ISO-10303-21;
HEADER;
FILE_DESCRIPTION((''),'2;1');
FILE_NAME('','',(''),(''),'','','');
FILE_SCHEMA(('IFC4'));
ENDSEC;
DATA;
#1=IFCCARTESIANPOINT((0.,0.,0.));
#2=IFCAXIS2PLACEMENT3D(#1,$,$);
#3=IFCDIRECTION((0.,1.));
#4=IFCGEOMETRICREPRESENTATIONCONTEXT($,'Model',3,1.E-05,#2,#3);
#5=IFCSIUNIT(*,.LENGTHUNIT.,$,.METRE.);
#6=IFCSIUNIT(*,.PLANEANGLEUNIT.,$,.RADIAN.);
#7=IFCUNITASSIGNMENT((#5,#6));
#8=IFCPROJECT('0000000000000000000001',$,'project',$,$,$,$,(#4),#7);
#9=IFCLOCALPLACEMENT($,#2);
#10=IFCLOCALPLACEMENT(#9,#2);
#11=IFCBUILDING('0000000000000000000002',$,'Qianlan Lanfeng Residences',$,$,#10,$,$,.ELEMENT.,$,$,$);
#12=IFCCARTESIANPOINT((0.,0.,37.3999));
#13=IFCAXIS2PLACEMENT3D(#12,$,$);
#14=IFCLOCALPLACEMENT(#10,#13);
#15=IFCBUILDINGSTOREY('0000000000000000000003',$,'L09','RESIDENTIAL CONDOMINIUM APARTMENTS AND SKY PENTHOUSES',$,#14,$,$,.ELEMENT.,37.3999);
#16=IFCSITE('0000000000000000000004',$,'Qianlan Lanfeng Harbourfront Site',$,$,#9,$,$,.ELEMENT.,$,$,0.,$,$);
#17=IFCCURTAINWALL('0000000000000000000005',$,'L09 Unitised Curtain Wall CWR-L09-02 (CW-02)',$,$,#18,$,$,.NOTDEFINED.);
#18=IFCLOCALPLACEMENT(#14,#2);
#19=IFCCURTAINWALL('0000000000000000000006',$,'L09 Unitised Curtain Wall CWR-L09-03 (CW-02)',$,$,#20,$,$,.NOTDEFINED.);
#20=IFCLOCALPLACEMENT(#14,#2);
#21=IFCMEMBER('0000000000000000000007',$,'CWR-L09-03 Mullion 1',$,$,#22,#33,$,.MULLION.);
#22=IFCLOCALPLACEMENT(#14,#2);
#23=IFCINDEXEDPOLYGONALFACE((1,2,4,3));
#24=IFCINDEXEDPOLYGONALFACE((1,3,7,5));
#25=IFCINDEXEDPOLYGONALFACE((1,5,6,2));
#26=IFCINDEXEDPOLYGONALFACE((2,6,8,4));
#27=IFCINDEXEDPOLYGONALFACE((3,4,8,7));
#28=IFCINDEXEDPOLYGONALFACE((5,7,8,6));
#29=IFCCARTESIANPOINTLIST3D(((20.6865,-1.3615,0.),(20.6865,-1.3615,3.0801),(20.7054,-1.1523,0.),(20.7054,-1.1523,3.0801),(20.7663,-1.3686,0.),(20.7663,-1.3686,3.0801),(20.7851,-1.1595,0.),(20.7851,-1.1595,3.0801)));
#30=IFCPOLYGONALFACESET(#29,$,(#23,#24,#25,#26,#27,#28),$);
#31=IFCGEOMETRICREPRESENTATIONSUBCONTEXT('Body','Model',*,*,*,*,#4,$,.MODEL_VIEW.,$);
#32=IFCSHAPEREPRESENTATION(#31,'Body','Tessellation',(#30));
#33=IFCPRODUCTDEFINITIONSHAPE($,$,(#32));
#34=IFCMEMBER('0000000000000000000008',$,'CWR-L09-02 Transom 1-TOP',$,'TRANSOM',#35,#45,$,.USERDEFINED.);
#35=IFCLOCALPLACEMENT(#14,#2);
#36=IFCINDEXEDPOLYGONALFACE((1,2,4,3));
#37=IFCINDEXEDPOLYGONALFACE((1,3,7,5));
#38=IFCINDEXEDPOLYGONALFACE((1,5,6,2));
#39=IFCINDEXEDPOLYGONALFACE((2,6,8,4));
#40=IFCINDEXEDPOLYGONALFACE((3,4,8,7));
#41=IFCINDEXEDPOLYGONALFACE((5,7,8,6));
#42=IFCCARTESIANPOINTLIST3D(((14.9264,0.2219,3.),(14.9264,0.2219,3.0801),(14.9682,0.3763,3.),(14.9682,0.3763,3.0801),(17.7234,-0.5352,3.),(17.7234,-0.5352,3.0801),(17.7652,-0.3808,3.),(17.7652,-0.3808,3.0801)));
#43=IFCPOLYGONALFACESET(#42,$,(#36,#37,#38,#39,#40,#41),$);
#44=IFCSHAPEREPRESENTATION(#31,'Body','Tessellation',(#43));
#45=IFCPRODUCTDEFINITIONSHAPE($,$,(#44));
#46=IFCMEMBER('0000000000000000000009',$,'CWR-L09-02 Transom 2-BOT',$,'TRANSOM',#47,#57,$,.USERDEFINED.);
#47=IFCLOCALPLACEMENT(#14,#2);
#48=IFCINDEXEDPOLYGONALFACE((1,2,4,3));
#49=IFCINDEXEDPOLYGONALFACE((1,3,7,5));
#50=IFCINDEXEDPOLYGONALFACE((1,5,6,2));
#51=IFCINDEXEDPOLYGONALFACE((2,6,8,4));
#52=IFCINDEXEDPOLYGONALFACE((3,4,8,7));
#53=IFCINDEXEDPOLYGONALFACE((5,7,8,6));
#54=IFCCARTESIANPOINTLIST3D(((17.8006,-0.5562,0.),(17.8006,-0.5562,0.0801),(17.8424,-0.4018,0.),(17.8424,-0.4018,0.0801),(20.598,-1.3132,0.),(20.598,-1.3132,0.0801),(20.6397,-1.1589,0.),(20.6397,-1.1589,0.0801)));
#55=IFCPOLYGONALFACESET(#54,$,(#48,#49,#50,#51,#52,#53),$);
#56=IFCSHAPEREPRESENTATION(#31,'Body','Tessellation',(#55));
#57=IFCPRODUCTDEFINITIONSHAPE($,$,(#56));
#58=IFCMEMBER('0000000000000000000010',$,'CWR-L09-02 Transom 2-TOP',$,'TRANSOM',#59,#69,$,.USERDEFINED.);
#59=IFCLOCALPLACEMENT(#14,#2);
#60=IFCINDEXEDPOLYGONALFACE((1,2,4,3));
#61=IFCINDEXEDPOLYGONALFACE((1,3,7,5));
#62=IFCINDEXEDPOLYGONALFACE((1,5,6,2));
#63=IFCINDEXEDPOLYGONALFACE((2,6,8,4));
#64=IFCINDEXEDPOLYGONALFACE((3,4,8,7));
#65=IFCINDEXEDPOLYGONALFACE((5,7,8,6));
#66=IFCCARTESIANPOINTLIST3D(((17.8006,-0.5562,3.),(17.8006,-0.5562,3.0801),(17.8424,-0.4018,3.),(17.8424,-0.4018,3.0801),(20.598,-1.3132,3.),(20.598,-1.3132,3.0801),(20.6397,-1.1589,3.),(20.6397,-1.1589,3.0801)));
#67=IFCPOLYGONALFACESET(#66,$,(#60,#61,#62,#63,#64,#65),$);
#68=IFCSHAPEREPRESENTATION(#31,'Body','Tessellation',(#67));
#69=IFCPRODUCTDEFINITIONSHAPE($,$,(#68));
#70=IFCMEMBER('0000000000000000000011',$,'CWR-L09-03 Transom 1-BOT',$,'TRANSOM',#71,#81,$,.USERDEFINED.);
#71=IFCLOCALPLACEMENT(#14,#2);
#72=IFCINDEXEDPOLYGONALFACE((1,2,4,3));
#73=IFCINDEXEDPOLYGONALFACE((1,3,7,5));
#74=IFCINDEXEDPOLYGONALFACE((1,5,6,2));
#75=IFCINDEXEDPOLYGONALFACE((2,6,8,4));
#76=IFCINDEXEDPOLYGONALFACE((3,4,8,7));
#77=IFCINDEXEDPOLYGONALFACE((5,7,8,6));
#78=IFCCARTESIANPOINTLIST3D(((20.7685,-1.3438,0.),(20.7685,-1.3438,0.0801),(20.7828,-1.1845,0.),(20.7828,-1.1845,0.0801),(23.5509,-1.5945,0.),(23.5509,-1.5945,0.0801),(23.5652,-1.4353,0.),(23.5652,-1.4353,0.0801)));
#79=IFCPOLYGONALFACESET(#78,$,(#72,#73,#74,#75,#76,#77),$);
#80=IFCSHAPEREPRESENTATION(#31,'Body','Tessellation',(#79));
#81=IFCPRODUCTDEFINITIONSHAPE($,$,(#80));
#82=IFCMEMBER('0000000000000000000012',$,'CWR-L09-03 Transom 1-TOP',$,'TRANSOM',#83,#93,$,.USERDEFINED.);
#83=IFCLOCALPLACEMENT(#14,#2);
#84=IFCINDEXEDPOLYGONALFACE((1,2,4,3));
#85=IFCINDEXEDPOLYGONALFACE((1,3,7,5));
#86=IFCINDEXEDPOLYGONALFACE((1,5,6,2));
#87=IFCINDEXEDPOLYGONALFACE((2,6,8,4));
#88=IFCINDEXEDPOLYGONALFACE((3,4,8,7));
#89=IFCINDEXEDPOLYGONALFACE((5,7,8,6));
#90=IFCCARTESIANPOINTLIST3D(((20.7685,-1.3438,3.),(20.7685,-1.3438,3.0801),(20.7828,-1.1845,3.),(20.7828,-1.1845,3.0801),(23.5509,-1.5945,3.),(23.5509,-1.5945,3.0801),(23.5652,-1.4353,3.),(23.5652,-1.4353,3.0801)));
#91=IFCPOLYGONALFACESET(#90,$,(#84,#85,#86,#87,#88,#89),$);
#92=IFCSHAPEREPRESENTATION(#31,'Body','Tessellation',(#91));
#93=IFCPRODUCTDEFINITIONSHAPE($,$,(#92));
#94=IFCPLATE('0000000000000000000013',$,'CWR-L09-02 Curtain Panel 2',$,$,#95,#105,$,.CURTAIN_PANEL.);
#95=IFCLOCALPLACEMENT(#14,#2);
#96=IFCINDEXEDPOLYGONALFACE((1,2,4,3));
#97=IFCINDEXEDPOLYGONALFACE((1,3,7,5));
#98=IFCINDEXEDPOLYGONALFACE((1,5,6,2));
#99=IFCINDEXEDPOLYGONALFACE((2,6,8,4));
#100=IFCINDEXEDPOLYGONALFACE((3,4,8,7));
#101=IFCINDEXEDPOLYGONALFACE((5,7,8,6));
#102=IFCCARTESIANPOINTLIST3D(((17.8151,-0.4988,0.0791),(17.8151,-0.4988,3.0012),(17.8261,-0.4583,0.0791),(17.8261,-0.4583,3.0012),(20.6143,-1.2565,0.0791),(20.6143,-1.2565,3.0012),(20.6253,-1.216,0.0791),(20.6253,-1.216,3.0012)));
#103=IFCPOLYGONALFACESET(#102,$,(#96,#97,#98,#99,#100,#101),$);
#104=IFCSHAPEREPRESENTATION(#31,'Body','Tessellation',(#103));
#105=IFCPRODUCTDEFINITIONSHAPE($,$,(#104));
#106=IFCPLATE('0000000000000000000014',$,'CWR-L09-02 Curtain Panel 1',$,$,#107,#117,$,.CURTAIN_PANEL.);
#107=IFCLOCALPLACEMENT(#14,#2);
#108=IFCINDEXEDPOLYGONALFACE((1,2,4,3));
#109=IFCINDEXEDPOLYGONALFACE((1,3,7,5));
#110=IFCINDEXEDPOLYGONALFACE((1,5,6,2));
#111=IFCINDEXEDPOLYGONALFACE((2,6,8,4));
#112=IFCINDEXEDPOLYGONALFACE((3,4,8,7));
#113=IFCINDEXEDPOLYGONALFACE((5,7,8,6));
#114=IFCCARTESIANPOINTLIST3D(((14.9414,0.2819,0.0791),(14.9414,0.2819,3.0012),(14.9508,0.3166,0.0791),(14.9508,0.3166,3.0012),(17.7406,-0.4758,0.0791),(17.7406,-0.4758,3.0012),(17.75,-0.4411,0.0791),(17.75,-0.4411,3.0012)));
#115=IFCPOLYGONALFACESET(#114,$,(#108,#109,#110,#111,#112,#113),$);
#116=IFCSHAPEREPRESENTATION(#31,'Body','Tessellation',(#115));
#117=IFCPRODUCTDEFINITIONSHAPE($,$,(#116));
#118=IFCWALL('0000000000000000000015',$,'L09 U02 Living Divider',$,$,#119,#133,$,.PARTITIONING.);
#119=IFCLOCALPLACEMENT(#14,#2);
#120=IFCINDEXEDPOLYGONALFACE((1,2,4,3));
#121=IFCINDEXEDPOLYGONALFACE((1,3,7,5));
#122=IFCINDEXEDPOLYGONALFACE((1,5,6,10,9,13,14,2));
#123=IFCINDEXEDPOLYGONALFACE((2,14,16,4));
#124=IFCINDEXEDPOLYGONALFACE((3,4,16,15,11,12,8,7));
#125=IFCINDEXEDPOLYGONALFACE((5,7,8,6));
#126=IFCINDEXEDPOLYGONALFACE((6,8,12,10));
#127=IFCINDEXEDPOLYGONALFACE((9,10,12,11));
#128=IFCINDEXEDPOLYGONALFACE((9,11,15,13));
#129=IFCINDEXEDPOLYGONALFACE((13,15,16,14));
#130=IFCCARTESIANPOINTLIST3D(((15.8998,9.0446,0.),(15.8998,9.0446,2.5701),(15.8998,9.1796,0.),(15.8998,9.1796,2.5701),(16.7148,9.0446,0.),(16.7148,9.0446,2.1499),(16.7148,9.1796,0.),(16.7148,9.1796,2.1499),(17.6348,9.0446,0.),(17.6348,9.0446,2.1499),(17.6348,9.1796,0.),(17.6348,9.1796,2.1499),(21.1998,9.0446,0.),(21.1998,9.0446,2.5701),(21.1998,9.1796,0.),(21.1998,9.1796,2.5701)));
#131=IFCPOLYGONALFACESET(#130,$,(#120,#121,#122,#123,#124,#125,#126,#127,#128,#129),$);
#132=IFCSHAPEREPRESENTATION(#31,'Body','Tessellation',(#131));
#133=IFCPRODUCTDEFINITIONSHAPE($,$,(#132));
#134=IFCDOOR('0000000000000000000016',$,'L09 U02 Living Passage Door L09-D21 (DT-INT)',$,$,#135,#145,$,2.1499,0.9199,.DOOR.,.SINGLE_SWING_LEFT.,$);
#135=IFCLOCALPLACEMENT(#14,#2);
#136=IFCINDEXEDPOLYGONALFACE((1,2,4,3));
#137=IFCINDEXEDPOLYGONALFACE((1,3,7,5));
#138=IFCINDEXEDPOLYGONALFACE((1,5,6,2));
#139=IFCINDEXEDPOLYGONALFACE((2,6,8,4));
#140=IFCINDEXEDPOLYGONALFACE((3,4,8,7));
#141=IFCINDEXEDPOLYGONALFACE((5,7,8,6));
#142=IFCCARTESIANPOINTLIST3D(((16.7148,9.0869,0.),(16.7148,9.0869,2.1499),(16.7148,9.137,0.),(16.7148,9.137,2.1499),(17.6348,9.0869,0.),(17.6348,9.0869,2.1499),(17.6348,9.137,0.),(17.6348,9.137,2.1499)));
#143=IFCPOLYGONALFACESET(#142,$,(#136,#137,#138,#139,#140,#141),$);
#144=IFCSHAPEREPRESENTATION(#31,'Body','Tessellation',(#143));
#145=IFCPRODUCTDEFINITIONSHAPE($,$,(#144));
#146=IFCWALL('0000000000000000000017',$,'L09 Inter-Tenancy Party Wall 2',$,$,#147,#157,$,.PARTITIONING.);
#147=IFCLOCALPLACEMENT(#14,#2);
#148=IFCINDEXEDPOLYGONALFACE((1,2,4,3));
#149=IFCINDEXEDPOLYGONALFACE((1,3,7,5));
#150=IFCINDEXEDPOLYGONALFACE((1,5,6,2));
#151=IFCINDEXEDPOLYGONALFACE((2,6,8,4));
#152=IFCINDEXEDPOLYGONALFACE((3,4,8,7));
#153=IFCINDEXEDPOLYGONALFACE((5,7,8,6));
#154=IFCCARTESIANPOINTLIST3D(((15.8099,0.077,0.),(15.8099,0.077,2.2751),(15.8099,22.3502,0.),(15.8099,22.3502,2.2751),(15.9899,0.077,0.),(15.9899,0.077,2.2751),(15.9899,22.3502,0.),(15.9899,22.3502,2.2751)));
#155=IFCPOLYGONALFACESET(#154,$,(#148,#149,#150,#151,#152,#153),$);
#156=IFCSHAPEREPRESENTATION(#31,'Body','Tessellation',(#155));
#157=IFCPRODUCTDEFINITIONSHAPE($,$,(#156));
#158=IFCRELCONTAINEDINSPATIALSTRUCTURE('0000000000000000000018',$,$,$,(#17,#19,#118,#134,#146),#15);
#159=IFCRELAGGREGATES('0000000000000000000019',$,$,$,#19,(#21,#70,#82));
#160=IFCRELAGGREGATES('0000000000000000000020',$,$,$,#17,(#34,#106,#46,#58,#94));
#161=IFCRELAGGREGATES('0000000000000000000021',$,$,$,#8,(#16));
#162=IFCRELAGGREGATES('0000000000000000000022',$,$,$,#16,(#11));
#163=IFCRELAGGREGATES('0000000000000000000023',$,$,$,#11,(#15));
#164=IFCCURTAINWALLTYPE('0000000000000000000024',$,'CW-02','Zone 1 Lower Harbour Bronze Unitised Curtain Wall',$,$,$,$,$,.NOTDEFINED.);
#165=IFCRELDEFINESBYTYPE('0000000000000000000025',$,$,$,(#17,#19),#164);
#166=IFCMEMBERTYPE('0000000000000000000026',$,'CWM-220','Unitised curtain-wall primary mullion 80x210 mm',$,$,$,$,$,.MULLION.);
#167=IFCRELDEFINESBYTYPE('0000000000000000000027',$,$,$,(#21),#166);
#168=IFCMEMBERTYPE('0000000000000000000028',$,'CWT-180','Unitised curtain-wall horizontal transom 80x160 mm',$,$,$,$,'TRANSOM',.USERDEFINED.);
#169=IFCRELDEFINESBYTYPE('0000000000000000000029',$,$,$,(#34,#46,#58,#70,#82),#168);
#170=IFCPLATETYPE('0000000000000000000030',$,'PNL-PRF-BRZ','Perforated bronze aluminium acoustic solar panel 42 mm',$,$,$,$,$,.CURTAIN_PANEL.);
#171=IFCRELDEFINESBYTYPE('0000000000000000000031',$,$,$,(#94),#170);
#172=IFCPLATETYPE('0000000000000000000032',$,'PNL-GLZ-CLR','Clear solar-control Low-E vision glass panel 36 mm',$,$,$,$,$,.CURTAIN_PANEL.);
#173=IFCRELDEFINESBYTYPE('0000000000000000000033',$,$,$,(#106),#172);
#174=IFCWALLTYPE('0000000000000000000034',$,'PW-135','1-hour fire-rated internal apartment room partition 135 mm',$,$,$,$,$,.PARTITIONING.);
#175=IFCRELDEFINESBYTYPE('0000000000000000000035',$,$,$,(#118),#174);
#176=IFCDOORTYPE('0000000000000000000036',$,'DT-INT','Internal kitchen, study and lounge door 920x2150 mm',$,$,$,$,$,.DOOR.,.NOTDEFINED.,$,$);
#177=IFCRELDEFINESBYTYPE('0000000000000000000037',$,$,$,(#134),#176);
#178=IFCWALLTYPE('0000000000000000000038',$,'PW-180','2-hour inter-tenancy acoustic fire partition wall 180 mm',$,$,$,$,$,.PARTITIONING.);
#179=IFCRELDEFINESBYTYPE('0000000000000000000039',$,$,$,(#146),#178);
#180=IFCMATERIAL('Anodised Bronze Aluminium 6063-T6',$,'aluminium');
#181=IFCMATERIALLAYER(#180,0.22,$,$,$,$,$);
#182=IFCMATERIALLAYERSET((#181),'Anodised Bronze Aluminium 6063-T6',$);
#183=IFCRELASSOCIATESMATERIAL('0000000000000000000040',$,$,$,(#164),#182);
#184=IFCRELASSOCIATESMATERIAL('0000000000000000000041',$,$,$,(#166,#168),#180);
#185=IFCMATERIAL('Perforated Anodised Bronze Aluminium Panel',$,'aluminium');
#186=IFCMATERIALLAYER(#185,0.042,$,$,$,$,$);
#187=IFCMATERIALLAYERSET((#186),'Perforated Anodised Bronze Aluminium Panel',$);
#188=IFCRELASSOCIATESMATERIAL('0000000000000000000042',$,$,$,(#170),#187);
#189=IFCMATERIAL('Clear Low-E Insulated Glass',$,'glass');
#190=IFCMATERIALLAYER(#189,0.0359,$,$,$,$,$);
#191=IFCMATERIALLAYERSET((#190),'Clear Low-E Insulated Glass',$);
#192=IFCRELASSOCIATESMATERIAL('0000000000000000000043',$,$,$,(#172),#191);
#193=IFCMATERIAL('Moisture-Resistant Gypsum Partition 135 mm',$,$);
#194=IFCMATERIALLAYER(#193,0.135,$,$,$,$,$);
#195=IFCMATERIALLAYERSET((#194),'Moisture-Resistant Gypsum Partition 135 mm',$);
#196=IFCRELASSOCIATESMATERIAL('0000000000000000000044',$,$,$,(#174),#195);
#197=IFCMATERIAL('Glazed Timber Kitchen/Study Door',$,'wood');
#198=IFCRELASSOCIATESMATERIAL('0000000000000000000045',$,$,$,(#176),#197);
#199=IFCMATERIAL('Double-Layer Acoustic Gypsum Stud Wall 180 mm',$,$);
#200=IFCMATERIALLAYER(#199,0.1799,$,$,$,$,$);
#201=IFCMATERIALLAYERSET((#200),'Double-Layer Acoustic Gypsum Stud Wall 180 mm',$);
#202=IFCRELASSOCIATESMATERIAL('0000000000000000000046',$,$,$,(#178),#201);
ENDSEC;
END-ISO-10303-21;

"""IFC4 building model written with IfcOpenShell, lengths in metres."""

from ifc_helpers import new_model, si_unit, direction, frame, frame_2d, origin, origin_2d, place, context, subcontext, project, spatial, rectangle, extrude, source, transform, mapped, material, layer, layer_set, material_profile, profile_set, type_object, element, fill, aggregate, save


model = new_model("IFC4")

# Units and contexts
model_context = context("Model", 3, precision=1e-05, world=origin(), true_north=direction((0.0, 1.0)))
body_context = subcontext(model_context, "Body", "Model", "MODEL_VIEW")
ifc_project = project(units=[si_unit("LENGTHUNIT", "METRE"), si_unit("PLANEANGLEUNIT", "RADIAN")], contexts=[model_context])

# Site, building, storey
site_placement = place(None, origin())
site = spatial("IfcSite", under=ifc_project, at=site_placement, Name="Qianlan Lanfeng Harbourfront Site", CompositionType="ELEMENT", RefElevation=0.0)
building_placement = place(site_placement, origin())
building = spatial("IfcBuilding", under=site, at=building_placement, Name="Qianlan Lanfeng Residences", CompositionType="ELEMENT")
storey_placement = place(building_placement, frame((0.0, 0.0, 37.3999)))
storey = spatial("IfcBuildingStorey", under=building, at=storey_placement, Name="L09", Description="RESIDENTIAL CONDOMINIUM APARTMENTS AND SKY PENTHOUSES", CompositionType="ELEMENT", Elevation=37.3999)

# Curtain wall
ifc_material_1 = material(Name="Anodised Bronze Aluminium 6063-T6", Category="aluminium")
ifc_layer_1 = layer(ifc_material_1, 0.22)
ifc_layer_set_1 = layer_set([ifc_layer_1], Name="Anodised Bronze Aluminium 6063-T6")
curtain_wall_type = type_object("IfcCurtainWallType", Name="CW-02", Description="Zone 1 Lower Harbour Bronze Unitised Curtain Wall", PredefinedType="NOTDEFINED", material=ifc_layer_set_1)
curtain_wall_1_placement = place(storey_placement, origin())
curtain_wall_1 = element("IfcCurtainWall", 1, at=curtain_wall_1_placement, inside=storey, type_object=curtain_wall_type, Name="L09 Unitised Curtain Wall CWR-L09-02 (CW-02)", PredefinedType="NOTDEFINED")
ifc_material_profile_1 = material_profile(ifc_material_1, rectangle(XDim=0.0801, YDim=0.21, at=origin_2d()), Name="ALU MULLION 80x210")
ifc_profile_set_1 = profile_set([ifc_material_profile_1], Name="Anodised Bronze Aluminium 6063-T6")
member_type_1 = type_object("IfcMemberType", Name="CWM-220", Description="Unitised curtain-wall primary mullion 80x210 mm", PredefinedType="MULLION", material=ifc_profile_set_1)
shared_shape_1 = source(origin(), body_context, "Body", "SweptSolid", [
    extrude(rectangle(XDim=0.0801, YDim=0.21, at=origin_2d()), origin(), (0.0, 0.0, 1.0), 3.0801),
])

# Curtain wall, member
curtain_wall_2_placement = place(storey_placement, origin())
curtain_wall_2 = element("IfcCurtainWall", 2, at=curtain_wall_2_placement, inside=storey, type_object=curtain_wall_type, Name="L09 Unitised Curtain Wall CWR-L09-03 (CW-02)", PredefinedType="NOTDEFINED")
member_1_placement = place(storey_placement, frame((20.7358, -1.2605, 0.0), z_axis=(0.0, 0.0, 1.0), x_axis=(0.995965, -0.089746, 0.0)))
member_1 = element("IfcMember", 3, at=member_1_placement, type_object=member_type_1, Name="CWR-L09-03 Mullion 1", PredefinedType="MULLION", context=body_context, shape_type="MappedRepresentation", body=[
    mapped(shared_shape_1, transform((0.0, 0.0, 0.0), scale=1.0)),
])

# Members
ifc_material_profile_2 = material_profile(ifc_material_1, rectangle(XDim=0.0801, YDim=0.1599, at=origin_2d()), Name="ALU TRANSOM 80x160")
ifc_profile_set_2 = profile_set([ifc_material_profile_2], Name="Anodised Bronze Aluminium 6063-T6")
member_type_2 = type_object("IfcMemberType", Name="CWT-180", Description="Unitised curtain-wall horizontal transom 80x160 mm", ElementType="TRANSOM", PredefinedType="USERDEFINED", material=ifc_profile_set_2)
shared_shape_2 = source(origin(), body_context, "Body", "SweptSolid", [
    extrude(rectangle(XDim=0.0801, YDim=0.1599, at=origin_2d()), origin(), (0.0, 0.0, 1.0), 2.8977),
])
member_2_placement = place(storey_placement, frame((14.9473, 0.2991, 3.04), z_axis=(0.965268, -0.261263, 0.0), x_axis=(0.0, 0.0, 1.0)))
member_2 = element("IfcMember", 4, at=member_2_placement, type_object=member_type_2, Name="CWR-L09-02 Transom 1-TOP", ObjectType="TRANSOM", PredefinedType="USERDEFINED", context=body_context, shape_type="MappedRepresentation", body=[
    mapped(shared_shape_2, transform((0.0, 0.0, 0.0), scale=1.0)),
])
shared_shape_3 = source(origin(), body_context, "Body", "SweptSolid", [
    extrude(rectangle(XDim=0.0801, YDim=0.1599, at=origin_2d()), origin(), (0.0, 0.0, 1.0), 2.8979),
])
member_3_placement = place(storey_placement, frame((17.8215, -0.479, 0.04), z_axis=(0.965273, -0.261242, 0.0), x_axis=(0.0, 0.0, 1.0)))
member_3 = element("IfcMember", 5, at=member_3_placement, type_object=member_type_2, Name="CWR-L09-02 Transom 2-BOT", ObjectType="TRANSOM", PredefinedType="USERDEFINED", context=body_context, shape_type="MappedRepresentation", body=[
    mapped(shared_shape_3, transform((0.0, 0.0, 0.0), scale=1.0)),
])
member_4_placement = place(storey_placement, frame((17.8215, -0.479, 3.04), z_axis=(0.965273, -0.261242, 0.0), x_axis=(0.0, 0.0, 1.0)))
member_4 = element("IfcMember", 6, at=member_4_placement, type_object=member_type_2, Name="CWR-L09-02 Transom 2-TOP", ObjectType="TRANSOM", PredefinedType="USERDEFINED", context=body_context, shape_type="MappedRepresentation", body=[
    mapped(shared_shape_3, transform((0.0, 0.0, 0.0), scale=1.0)),
])
shared_shape_4 = source(origin(), body_context, "Body", "SweptSolid", [
    extrude(rectangle(XDim=0.0801, YDim=0.1599, at=origin_2d()), origin(), (0.0, 0.0, 1.0), 2.7937),
])
member_5_placement = place(storey_placement, frame((20.7756, -1.2642, 0.04), z_axis=(0.995965, -0.089748, 0.0), x_axis=(0.0, 0.0, 1.0)))
member_5 = element("IfcMember", 7, at=member_5_placement, type_object=member_type_2, Name="CWR-L09-03 Transom 1-BOT", ObjectType="TRANSOM", PredefinedType="USERDEFINED", context=body_context, shape_type="MappedRepresentation", body=[
    mapped(shared_shape_4, transform((0.0, 0.0, 0.0), scale=1.0)),
])
member_6_placement = place(storey_placement, frame((20.7756, -1.2642, 3.04), z_axis=(0.995965, -0.089748, 0.0), x_axis=(0.0, 0.0, 1.0)))
member_6 = element("IfcMember", 8, at=member_6_placement, type_object=member_type_2, Name="CWR-L09-03 Transom 1-TOP", ObjectType="TRANSOM", PredefinedType="USERDEFINED", context=body_context, shape_type="MappedRepresentation", body=[
    mapped(shared_shape_4, transform((0.0, 0.0, 0.0), scale=1.0)),
])
aggregate(curtain_wall_2, [member_1, member_5, member_6])

# Plates
ifc_material_2 = material(Name="Perforated Anodised Bronze Aluminium Panel", Category="aluminium")
ifc_layer_2 = layer(ifc_material_2, 0.042)
ifc_layer_set_2 = layer_set([ifc_layer_2], Name="Perforated Anodised Bronze Aluminium Panel")
plate_type_1 = type_object("IfcPlateType", Name="PNL-PRF-BRZ", Description="Perforated bronze aluminium acoustic solar panel 42 mm", PredefinedType="CURTAIN_PANEL", material=ifc_layer_set_2)
shared_shape_5 = source(origin(), body_context, "Body", "SweptSolid", [
    extrude(rectangle(XDim=2.8999, YDim=0.042, at=origin_2d()), origin(), (0.0, 0.0, 1.0), 2.9221),
])
plate_1_placement = place(storey_placement, frame((19.2202, -0.8574, 0.0791), z_axis=(0.0, 0.0, 1.0), x_axis=(0.965263, -0.261281, 0.0)))
plate_1 = element("IfcPlate", 9, at=plate_1_placement, type_object=plate_type_1, Name="CWR-L09-02 Curtain Panel 2", PredefinedType="CURTAIN_PANEL", context=body_context, shape_type="MappedRepresentation", body=[
    mapped(shared_shape_5, transform((0.0, 0.0, 0.0), scale=1.0)),
])
ifc_material_3 = material(Name="Clear Low-E Insulated Glass", Category="glass")
ifc_layer_3 = layer(ifc_material_3, 0.0359)
ifc_layer_set_3 = layer_set([ifc_layer_3], Name="Clear Low-E Insulated Glass")
plate_type_2 = type_object("IfcPlateType", Name="PNL-GLZ-CLR", Description="Clear solar-control Low-E vision glass panel 36 mm", PredefinedType="CURTAIN_PANEL", material=ifc_layer_set_3)
shared_shape_6 = source(origin(), body_context, "Body", "SweptSolid", [
    extrude(rectangle(XDim=2.8999, YDim=0.0359, at=origin_2d()), origin(), (0.0, 0.0, 1.0), 2.9221),
])
plate_2_placement = place(storey_placement, frame((16.3457, -0.0796, 0.0791), z_axis=(0.0, 0.0, 1.0), x_axis=(0.965263, -0.261281, 0.0)))
plate_2 = element("IfcPlate", 10, at=plate_2_placement, type_object=plate_type_2, Name="CWR-L09-02 Curtain Panel 1", PredefinedType="CURTAIN_PANEL", context=body_context, shape_type="MappedRepresentation", body=[
    mapped(shared_shape_6, transform((0.0, 0.0, 0.0), scale=1.0)),
])
aggregate(curtain_wall_1, [member_2, plate_2, member_3, member_4, plate_1])

# Wall, opening, door
ifc_material_4 = material(Name="Moisture-Resistant Gypsum Partition 135 mm")
ifc_layer_4 = layer(ifc_material_4, 0.135)
ifc_layer_set_4 = layer_set([ifc_layer_4], Name="Moisture-Resistant Gypsum Partition 135 mm")
wall_type_1 = type_object("IfcWallType", Name="PW-135", Description="1-hour fire-rated internal apartment room partition 135 mm", PredefinedType="PARTITIONING", material=ifc_layer_set_4)
wall_1_placement = place(storey_placement, frame((15.8999, 9.1121, 0.0), z_axis=(0.0, 0.0, 1.0), x_axis=(1.0, 0.0, 0.0)))
wall_1 = element("IfcWall", 11, at=wall_1_placement, inside=storey, type_object=wall_type_1, Name="L09 U02 Living Divider", PredefinedType="PARTITIONING", context=body_context, shape_type="SweptSolid", body=[
    extrude(rectangle(XDim=5.3, YDim=0.135, at=frame_2d((2.6499, 0.0))), origin(), (0.0, 0.0, 1.0), 2.5701),
])
opening_1_placement = place(wall_1_placement, frame((0.8149, 0.0, 0.0)))
opening_1 = element("IfcOpeningElement", 12, at=opening_1_placement, cuts=wall_1, PredefinedType="OPENING", context=body_context, shape_type="SweptSolid", body=[
    extrude(rectangle(XDim=0.9199, YDim=2.1499, at=frame_2d((0.46, 1.075))), frame((0.0, 0.0776, 0.0), z_axis=(0.0, -1.0, 0.0), x_axis=(1.0, 0.0, 0.0)), (0.0, 0.0, 1.0), 0.155),
])
ifc_material_5 = material(Name="Glazed Timber Kitchen/Study Door", Category="wood")
door_type_1 = type_object("IfcDoorType", Name="DT-INT", Description="Internal kitchen, study and lounge door 920x2150 mm", OperationType="NOTDEFINED", PredefinedType="DOOR", material=ifc_material_5)
door_1_placement = place(opening_1_placement, origin())
door_1 = element("IfcDoor", 13, at=door_1_placement, inside=storey, type_object=door_type_1, Name="L09 U02 Living Passage Door L09-D21 (DT-INT)", OperationType="SINGLE_SWING_LEFT", OverallHeight=2.1499, OverallWidth=0.9199, PredefinedType="DOOR", context=body_context, shape_type="SweptSolid", body=[
    extrude(rectangle(XDim=0.9199, YDim=2.1499, at=frame_2d((0.46, 1.075))), frame((0.0, 0.0249, 0.0), z_axis=(0.0, -1.0, 0.0), x_axis=(1.0, 0.0, 0.0)), (0.0, 0.0, 1.0), 0.05),
])
fill(opening_1, door_1)

# Wall
ifc_material_6 = material(Name="Double-Layer Acoustic Gypsum Stud Wall 180 mm")
ifc_layer_5 = layer(ifc_material_6, 0.1799)
ifc_layer_set_5 = layer_set([ifc_layer_5], Name="Double-Layer Acoustic Gypsum Stud Wall 180 mm")
wall_type_2 = type_object("IfcWallType", Name="PW-180", Description="2-hour inter-tenancy acoustic fire partition wall 180 mm", PredefinedType="PARTITIONING", material=ifc_layer_set_5)
wall_2_placement = place(storey_placement, frame((15.8999, 0.0769, 0.0), z_axis=(0.0, 0.0, 1.0), x_axis=(0.0, 1.0, 0.0)))
element("IfcWall", 14, at=wall_2_placement, inside=storey, type_object=wall_type_2, Name="L09 Inter-Tenancy Party Wall 2", PredefinedType="PARTITIONING", context=body_context, shape_type="SweptSolid", body=[
    extrude(rectangle(XDim=22.2732, YDim=0.1799, at=frame_2d((11.1367, 0.0))), origin(), (0.0, 0.0, 1.0), 2.2751),
])

save(model, "model.ifc")
